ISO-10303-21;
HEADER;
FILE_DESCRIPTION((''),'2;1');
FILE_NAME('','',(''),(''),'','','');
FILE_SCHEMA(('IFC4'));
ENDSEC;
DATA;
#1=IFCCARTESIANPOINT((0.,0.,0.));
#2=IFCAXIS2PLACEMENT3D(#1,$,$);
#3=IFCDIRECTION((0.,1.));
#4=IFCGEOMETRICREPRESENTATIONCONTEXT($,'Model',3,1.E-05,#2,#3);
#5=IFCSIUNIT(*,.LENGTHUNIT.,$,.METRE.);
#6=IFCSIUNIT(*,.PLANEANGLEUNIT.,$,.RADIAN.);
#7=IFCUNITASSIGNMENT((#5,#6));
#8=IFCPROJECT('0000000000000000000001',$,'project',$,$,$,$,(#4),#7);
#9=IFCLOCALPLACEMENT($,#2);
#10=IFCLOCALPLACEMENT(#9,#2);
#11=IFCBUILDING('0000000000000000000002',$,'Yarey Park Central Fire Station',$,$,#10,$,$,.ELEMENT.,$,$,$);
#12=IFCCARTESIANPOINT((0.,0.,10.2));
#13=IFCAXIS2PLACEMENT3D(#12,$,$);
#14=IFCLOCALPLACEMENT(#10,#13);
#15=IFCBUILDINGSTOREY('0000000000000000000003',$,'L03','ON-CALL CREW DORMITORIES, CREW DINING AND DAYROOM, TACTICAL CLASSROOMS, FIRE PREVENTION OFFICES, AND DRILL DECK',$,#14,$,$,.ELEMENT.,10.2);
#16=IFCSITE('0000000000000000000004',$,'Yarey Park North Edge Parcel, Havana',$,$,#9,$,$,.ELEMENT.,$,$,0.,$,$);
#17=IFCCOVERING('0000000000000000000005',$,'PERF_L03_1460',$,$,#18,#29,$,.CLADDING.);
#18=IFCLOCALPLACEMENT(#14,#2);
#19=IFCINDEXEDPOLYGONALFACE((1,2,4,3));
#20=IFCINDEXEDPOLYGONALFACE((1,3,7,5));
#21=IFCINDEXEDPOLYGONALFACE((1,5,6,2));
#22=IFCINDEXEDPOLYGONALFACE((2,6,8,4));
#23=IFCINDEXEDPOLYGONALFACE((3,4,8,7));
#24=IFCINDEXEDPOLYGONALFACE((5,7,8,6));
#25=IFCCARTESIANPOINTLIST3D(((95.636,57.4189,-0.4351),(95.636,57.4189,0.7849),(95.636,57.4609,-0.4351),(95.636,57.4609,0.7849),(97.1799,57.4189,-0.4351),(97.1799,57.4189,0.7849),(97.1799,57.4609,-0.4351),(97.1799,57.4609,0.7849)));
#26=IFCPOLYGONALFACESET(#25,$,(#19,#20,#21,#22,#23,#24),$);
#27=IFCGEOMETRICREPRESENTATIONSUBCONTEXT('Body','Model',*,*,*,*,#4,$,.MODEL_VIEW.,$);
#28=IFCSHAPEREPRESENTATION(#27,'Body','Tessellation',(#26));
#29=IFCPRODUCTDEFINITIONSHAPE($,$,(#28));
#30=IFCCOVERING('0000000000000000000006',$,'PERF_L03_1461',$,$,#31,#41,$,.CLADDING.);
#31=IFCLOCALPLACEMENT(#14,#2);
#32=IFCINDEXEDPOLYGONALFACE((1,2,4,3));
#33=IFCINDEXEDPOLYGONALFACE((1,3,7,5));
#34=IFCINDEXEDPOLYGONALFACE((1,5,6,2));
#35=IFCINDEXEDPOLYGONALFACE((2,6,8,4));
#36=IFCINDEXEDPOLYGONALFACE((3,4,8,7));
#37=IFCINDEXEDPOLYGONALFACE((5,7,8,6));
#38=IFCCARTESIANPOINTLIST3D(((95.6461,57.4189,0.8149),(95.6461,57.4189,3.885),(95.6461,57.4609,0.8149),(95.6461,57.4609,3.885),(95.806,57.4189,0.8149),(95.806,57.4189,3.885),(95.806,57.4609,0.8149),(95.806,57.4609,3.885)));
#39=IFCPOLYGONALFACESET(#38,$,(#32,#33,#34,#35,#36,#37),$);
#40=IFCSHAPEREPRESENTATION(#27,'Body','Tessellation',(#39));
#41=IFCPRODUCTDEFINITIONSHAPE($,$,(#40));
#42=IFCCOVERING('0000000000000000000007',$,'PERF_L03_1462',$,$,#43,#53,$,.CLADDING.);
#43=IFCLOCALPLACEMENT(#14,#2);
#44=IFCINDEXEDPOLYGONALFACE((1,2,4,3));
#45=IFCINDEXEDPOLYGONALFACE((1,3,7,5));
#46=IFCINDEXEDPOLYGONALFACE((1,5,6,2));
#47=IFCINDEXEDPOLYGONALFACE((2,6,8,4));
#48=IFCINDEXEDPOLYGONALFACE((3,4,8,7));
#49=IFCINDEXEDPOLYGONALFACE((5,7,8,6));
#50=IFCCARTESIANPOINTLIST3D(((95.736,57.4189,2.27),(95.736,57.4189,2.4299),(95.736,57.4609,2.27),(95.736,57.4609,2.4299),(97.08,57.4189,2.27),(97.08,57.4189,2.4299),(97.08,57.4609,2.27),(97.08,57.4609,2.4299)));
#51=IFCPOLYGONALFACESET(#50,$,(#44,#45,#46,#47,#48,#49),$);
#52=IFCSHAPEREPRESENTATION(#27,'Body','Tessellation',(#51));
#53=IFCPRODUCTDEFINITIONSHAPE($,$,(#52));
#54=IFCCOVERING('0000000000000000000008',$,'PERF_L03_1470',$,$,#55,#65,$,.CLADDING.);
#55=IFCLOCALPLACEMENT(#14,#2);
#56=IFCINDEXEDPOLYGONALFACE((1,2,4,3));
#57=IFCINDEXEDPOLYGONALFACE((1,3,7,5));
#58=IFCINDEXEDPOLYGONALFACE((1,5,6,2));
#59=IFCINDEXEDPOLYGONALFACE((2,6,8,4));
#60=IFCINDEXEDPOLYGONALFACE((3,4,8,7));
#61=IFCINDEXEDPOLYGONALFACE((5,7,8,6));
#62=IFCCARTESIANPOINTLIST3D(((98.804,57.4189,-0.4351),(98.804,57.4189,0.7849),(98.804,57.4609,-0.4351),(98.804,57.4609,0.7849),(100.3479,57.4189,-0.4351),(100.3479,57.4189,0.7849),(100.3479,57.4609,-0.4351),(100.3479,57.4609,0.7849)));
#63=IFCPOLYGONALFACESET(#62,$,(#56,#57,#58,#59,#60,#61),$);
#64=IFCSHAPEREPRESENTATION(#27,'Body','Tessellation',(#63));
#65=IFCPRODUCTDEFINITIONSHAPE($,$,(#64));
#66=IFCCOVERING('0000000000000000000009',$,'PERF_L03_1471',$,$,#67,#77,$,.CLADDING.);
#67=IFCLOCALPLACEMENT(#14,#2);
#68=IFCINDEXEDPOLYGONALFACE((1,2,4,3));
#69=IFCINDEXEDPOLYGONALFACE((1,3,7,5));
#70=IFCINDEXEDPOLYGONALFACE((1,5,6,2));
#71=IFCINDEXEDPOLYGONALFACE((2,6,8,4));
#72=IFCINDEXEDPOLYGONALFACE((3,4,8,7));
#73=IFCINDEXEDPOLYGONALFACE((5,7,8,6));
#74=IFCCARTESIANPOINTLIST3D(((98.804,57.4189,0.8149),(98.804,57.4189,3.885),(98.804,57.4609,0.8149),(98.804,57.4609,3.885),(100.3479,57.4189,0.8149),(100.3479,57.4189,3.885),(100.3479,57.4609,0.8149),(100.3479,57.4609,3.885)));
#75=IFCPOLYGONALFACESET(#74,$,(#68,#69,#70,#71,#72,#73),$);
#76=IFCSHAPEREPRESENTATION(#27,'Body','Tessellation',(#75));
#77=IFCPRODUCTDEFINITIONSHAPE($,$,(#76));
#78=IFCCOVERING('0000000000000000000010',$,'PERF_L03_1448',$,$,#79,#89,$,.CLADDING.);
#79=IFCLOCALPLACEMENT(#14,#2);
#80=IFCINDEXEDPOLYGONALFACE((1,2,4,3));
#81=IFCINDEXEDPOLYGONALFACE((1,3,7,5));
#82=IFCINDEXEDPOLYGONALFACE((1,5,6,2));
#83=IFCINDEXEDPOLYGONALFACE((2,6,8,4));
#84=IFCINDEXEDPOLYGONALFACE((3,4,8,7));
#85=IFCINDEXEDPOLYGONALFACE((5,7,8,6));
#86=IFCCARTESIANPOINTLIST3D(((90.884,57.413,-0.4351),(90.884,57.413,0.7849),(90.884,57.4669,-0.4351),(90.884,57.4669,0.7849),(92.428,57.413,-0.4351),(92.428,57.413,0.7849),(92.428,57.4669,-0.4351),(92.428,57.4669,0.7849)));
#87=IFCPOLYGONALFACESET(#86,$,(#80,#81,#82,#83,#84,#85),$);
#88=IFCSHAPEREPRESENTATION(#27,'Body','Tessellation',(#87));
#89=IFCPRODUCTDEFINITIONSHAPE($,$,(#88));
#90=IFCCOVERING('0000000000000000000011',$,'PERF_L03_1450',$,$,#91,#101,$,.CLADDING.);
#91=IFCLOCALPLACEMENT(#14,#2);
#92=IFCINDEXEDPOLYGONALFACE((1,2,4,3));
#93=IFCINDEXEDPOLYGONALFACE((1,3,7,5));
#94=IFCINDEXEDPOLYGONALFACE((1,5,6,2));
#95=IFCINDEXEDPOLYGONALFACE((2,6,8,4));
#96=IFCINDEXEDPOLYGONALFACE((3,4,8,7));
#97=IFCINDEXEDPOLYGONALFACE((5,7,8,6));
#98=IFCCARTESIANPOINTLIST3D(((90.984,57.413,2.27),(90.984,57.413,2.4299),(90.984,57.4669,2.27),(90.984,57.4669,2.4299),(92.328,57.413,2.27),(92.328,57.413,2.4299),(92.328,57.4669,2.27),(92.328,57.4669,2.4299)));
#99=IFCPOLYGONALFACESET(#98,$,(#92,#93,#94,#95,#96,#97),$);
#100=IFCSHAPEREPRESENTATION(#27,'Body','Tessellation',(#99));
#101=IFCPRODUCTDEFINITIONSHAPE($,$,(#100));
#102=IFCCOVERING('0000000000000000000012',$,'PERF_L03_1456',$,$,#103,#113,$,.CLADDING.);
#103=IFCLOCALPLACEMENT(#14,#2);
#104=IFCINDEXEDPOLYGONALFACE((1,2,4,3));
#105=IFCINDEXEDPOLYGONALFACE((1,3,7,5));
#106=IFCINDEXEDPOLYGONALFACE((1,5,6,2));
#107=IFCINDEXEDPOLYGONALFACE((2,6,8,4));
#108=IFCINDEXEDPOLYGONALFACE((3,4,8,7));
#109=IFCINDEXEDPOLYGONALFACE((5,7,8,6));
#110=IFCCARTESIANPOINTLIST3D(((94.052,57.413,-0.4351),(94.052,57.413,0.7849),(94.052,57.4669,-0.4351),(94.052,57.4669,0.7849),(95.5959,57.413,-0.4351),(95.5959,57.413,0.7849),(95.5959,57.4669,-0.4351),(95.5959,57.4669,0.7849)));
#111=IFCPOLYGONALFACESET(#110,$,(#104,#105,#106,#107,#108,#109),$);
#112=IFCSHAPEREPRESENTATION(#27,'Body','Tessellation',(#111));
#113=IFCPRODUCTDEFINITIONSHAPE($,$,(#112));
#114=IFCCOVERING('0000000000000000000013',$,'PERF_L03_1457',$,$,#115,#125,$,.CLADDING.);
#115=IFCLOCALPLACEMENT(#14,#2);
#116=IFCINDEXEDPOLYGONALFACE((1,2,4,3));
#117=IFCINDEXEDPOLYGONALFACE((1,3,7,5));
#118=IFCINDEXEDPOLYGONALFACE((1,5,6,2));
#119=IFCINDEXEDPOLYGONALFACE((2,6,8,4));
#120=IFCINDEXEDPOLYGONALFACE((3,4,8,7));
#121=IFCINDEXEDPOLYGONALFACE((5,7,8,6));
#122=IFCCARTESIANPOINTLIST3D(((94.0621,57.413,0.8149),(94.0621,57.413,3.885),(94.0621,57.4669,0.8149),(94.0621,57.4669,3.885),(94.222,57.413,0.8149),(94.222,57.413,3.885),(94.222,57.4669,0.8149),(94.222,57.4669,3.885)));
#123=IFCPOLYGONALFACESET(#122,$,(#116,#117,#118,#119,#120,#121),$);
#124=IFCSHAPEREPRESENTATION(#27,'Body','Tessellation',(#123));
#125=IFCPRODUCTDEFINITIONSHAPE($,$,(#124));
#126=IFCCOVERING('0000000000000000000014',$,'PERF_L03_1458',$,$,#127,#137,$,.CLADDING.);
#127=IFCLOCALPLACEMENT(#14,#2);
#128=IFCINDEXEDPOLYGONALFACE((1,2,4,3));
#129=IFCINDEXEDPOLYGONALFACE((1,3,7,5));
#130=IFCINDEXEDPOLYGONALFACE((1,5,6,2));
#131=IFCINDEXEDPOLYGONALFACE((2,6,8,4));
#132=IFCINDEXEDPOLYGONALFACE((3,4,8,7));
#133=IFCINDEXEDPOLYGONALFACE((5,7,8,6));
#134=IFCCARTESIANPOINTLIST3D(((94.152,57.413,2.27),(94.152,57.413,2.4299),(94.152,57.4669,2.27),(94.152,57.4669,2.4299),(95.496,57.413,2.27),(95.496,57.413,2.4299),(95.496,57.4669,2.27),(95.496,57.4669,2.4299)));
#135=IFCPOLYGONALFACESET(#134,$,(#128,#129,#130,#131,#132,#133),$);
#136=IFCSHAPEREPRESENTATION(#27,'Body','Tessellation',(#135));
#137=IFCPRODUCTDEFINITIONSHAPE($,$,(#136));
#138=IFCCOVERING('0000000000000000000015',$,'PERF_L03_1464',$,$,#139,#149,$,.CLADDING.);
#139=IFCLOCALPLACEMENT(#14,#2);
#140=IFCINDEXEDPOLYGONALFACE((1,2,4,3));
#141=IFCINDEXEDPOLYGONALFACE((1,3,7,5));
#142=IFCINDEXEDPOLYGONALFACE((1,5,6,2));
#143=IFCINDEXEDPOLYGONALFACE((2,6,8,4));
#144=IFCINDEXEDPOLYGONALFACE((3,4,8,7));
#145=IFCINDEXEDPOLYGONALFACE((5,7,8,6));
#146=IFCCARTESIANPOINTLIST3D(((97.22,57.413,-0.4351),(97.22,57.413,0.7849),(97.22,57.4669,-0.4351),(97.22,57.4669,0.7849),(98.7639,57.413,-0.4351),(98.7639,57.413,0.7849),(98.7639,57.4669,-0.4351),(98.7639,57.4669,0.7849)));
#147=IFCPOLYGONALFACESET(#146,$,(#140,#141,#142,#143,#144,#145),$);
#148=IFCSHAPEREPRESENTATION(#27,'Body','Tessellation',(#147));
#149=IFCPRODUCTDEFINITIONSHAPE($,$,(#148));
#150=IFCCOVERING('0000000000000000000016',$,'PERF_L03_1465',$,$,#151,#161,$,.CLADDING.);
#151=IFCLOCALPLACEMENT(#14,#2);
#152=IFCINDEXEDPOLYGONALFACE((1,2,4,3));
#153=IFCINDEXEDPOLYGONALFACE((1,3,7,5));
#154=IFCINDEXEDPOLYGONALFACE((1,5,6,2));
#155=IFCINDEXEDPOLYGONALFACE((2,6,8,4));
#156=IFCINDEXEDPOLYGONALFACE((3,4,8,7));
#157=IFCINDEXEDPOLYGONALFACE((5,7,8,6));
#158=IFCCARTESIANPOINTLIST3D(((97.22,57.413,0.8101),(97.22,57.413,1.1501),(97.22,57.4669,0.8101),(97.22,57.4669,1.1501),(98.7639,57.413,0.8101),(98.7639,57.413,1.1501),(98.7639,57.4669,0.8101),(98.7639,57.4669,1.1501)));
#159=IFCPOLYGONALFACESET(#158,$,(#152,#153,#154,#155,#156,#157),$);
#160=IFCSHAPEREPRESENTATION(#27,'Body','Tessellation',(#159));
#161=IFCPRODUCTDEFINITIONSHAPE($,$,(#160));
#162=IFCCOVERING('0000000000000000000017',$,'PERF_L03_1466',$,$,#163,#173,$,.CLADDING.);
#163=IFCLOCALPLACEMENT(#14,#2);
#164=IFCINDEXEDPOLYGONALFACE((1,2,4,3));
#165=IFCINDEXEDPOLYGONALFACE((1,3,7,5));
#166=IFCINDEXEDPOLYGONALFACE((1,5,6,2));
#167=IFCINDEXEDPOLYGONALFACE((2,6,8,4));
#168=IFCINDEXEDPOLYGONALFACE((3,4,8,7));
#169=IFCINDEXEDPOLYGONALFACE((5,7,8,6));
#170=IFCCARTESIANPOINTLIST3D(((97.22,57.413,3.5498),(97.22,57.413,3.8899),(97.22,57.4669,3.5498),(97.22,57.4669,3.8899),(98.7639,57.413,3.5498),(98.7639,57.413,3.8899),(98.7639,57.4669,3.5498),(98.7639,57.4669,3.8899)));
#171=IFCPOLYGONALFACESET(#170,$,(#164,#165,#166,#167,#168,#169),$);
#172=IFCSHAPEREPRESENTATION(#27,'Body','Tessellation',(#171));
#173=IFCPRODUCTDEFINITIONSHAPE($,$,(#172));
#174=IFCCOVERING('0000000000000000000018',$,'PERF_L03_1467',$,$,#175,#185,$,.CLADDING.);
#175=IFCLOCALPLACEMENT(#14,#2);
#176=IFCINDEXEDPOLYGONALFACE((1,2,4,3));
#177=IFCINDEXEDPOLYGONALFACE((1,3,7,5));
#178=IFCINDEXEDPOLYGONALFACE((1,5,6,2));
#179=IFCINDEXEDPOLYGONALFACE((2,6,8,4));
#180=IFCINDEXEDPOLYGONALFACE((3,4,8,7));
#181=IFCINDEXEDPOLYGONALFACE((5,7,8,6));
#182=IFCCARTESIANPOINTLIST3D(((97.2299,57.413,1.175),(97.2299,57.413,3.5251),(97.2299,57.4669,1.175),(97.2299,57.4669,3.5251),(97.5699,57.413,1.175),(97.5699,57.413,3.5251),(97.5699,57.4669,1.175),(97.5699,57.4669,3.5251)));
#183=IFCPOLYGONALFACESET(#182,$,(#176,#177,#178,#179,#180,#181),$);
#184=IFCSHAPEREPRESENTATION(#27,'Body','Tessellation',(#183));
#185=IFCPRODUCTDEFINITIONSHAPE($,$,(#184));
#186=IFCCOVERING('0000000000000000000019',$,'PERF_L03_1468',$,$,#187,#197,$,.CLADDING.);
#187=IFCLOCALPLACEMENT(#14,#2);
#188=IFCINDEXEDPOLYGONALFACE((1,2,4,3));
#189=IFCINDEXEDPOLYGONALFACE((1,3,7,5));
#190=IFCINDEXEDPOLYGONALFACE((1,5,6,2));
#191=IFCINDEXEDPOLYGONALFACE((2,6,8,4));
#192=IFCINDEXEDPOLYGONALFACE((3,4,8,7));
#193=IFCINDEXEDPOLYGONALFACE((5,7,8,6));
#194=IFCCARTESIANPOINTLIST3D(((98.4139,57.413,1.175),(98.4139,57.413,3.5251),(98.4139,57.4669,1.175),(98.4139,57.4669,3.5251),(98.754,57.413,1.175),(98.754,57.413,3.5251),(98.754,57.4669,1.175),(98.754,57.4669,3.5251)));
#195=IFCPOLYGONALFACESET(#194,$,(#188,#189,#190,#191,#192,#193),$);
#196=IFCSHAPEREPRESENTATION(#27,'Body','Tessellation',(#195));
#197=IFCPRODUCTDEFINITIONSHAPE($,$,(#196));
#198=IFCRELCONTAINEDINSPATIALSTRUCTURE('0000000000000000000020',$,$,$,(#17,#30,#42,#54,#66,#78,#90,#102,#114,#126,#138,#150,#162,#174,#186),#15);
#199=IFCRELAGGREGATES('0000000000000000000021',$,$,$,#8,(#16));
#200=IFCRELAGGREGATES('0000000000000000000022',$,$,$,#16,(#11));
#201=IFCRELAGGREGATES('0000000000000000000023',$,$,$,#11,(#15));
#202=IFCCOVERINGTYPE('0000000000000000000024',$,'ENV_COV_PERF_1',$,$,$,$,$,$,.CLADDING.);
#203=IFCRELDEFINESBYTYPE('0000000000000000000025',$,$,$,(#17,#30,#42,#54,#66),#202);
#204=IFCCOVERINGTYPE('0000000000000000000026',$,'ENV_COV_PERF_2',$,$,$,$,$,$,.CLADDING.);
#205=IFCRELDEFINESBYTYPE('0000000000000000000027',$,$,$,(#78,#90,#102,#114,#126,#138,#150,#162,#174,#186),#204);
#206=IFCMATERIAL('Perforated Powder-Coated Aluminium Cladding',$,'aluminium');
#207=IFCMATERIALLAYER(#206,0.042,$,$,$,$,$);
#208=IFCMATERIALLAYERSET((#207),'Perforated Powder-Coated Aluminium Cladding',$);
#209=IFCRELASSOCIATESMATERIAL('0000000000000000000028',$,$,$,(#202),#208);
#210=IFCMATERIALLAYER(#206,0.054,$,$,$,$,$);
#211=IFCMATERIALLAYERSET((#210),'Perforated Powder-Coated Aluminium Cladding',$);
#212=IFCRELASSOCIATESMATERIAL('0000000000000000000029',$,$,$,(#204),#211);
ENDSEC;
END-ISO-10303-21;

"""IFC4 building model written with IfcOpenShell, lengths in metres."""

from ifc_helpers import new_model, si_unit, direction, frame, origin, origin_2d, place, context, subcontext, project, spatial, rectangle, extrude, material, layer, layer_set, type_object, element, save


model = new_model("IFC4")

# Units and contexts
model_context = context("Model", 3, precision=1e-05, world=origin(), true_north=direction((0.0, 1.0)))
body_context = subcontext(model_context, "Body", "Model", "MODEL_VIEW")
ifc_project = project(units=[si_unit("LENGTHUNIT", "METRE"), si_unit("PLANEANGLEUNIT", "RADIAN")], contexts=[model_context])

# Site, building, storey
site_placement = place(None, origin())
site = spatial("IfcSite", under=ifc_project, at=site_placement, Name="Yarey Park North Edge Parcel, Havana", CompositionType="ELEMENT", RefElevation=0.0)
building_placement = place(site_placement, origin())
building = spatial("IfcBuilding", under=site, at=building_placement, Name="Yarey Park Central Fire Station", CompositionType="ELEMENT")
storey_placement = place(building_placement, frame((0.0, 0.0, 10.2)))
storey = spatial("IfcBuildingStorey", under=building, at=storey_placement, Name="L03", Description="ON-CALL CREW DORMITORIES, CREW DINING AND DAYROOM, TACTICAL CLASSROOMS, FIRE PREVENTION OFFICES, AND DRILL DECK", CompositionType="ELEMENT", Elevation=10.2)

# Coverings
ifc_material_1 = material(Name="Perforated Powder-Coated Aluminium Cladding", Category="aluminium")
ifc_layer_1 = layer(ifc_material_1, 0.042)
ifc_layer_set_1 = layer_set([ifc_layer_1], Name="Perforated Powder-Coated Aluminium Cladding")
covering_type_1 = type_object("IfcCoveringType", Name="ENV_COV_PERF_1", PredefinedType="CLADDING", material=ifc_layer_set_1)
covering_1_placement = place(storey_placement, frame((96.408, 57.4399, -0.4351), z_axis=(0.0, 0.0, 1.0), x_axis=(1.0, 0.0, 0.0)))
element("IfcCovering", 1, at=covering_1_placement, inside=storey, type_object=covering_type_1, Name="PERF_L03_1460", PredefinedType="CLADDING", context=body_context, shape_type="SweptSolid", body=[
    extrude(rectangle(XDim=1.5439, YDim=0.042, at=origin_2d()), origin(), (0.0, 0.0, 1.0), 1.22),
])
covering_2_placement = place(storey_placement, frame((95.7261, 57.4399, 0.8149), z_axis=(0.0, 0.0, 1.0), x_axis=(1.0, 0.0, 0.0)))
element("IfcCovering", 2, at=covering_2_placement, inside=storey, type_object=covering_type_1, Name="PERF_L03_1461", PredefinedType="CLADDING", context=body_context, shape_type="SweptSolid", body=[
    extrude(rectangle(XDim=0.1599, YDim=0.042, at=origin_2d()), origin(), (0.0, 0.0, 1.0), 3.0701),
])
covering_3_placement = place(storey_placement, frame((96.408, 57.4399, 2.27), z_axis=(0.0, 0.0, 1.0), x_axis=(1.0, 0.0, 0.0)))
element("IfcCovering", 3, at=covering_3_placement, inside=storey, type_object=covering_type_1, Name="PERF_L03_1462", PredefinedType="CLADDING", context=body_context, shape_type="SweptSolid", body=[
    extrude(rectangle(XDim=1.344, YDim=0.042, at=origin_2d()), origin(), (0.0, 0.0, 1.0), 0.1599),
])
covering_4_placement = place(storey_placement, frame((99.5759, 57.4399, -0.4351), z_axis=(0.0, 0.0, 1.0), x_axis=(1.0, 0.0, 0.0)))
element("IfcCovering", 4, at=covering_4_placement, inside=storey, type_object=covering_type_1, Name="PERF_L03_1470", PredefinedType="CLADDING", context=body_context, shape_type="SweptSolid", body=[
    extrude(rectangle(XDim=1.5439, YDim=0.042, at=origin_2d()), origin(), (0.0, 0.0, 1.0), 1.22),
])
covering_5_placement = place(storey_placement, frame((99.5759, 57.4399, 0.8149), z_axis=(0.0, 0.0, 1.0), x_axis=(1.0, 0.0, 0.0)))
element("IfcCovering", 5, at=covering_5_placement, inside=storey, type_object=covering_type_1, Name="PERF_L03_1471", PredefinedType="CLADDING", context=body_context, shape_type="SweptSolid", body=[
    extrude(rectangle(XDim=1.5439, YDim=0.042, at=origin_2d()), origin(), (0.0, 0.0, 1.0), 3.0701),
])
ifc_layer_2 = layer(ifc_material_1, 0.054)
ifc_layer_set_2 = layer_set([ifc_layer_2], Name="Perforated Powder-Coated Aluminium Cladding")
covering_type_2 = type_object("IfcCoveringType", Name="ENV_COV_PERF_2", PredefinedType="CLADDING", material=ifc_layer_set_2)
covering_6_placement = place(storey_placement, frame((91.656, 57.4399, -0.4351), z_axis=(0.0, 0.0, 1.0), x_axis=(1.0, 0.0, 0.0)))
element("IfcCovering", 6, at=covering_6_placement, inside=storey, type_object=covering_type_2, Name="PERF_L03_1448", PredefinedType="CLADDING", context=body_context, shape_type="SweptSolid", body=[
    extrude(rectangle(XDim=1.5439, YDim=0.054, at=origin_2d()), origin(), (0.0, 0.0, 1.0), 1.22),
])
covering_7_placement = place(storey_placement, frame((91.656, 57.4399, 2.27), z_axis=(0.0, 0.0, 1.0), x_axis=(1.0, 0.0, 0.0)))
element("IfcCovering", 7, at=covering_7_placement, inside=storey, type_object=covering_type_2, Name="PERF_L03_1450", PredefinedType="CLADDING", context=body_context, shape_type="SweptSolid", body=[
    extrude(rectangle(XDim=1.344, YDim=0.054, at=origin_2d()), origin(), (0.0, 0.0, 1.0), 0.1599),
])
covering_8_placement = place(storey_placement, frame((94.824, 57.4399, -0.4351), z_axis=(0.0, 0.0, 1.0), x_axis=(1.0, 0.0, 0.0)))
element("IfcCovering", 8, at=covering_8_placement, inside=storey, type_object=covering_type_2, Name="PERF_L03_1456", PredefinedType="CLADDING", context=body_context, shape_type="SweptSolid", body=[
    extrude(rectangle(XDim=1.5439, YDim=0.054, at=origin_2d()), origin(), (0.0, 0.0, 1.0), 1.22),
])
covering_9_placement = place(storey_placement, frame((94.1421, 57.4399, 0.8149), z_axis=(0.0, 0.0, 1.0), x_axis=(1.0, 0.0, 0.0)))
element("IfcCovering", 9, at=covering_9_placement, inside=storey, type_object=covering_type_2, Name="PERF_L03_1457", PredefinedType="CLADDING", context=body_context, shape_type="SweptSolid", body=[
    extrude(rectangle(XDim=0.1599, YDim=0.054, at=origin_2d()), origin(), (0.0, 0.0, 1.0), 3.0701),
])
covering_10_placement = place(storey_placement, frame((94.824, 57.4399, 2.27), z_axis=(0.0, 0.0, 1.0), x_axis=(1.0, 0.0, 0.0)))
element("IfcCovering", 10, at=covering_10_placement, inside=storey, type_object=covering_type_2, Name="PERF_L03_1458", PredefinedType="CLADDING", context=body_context, shape_type="SweptSolid", body=[
    extrude(rectangle(XDim=1.344, YDim=0.054, at=origin_2d()), origin(), (0.0, 0.0, 1.0), 0.1599),
])
covering_11_placement = place(storey_placement, frame((97.9919, 57.4399, -0.4351), z_axis=(0.0, 0.0, 1.0), x_axis=(1.0, 0.0, 0.0)))
element("IfcCovering", 11, at=covering_11_placement, inside=storey, type_object=covering_type_2, Name="PERF_L03_1464", PredefinedType="CLADDING", context=body_context, shape_type="SweptSolid", body=[
    extrude(rectangle(XDim=1.5439, YDim=0.054, at=origin_2d()), origin(), (0.0, 0.0, 1.0), 1.22),
])
for number, where, z_axis, x_axis, name in (
    (12, (97.9919, 57.4399, 0.8101), (0.0, 0.0, 1.0), (1.0, 0.0, 0.0), "PERF_L03_1465"),
    (13, (97.9919, 57.4399, 3.5498), (0.0, 0.0, 1.0), (1.0, 0.0, 0.0), "PERF_L03_1466"),
):
    element("IfcCovering", number, at=place(storey_placement, frame(where, z_axis=z_axis, x_axis=x_axis)), inside=storey, type_object=covering_type_2, Name=name, PredefinedType="CLADDING", context=body_context, shape_type="SweptSolid", body=[
        extrude(rectangle(XDim=1.5439, YDim=0.054, at=origin_2d()), origin(), (0.0, 0.0, 1.0), 0.3401),
    ])
for number, where, z_axis, x_axis, name in (
    (14, (97.3999, 57.4399, 1.175), (0.0, 0.0, 1.0), (1.0, 0.0, 0.0), "PERF_L03_1467"),
    (15, (98.584, 57.4399, 1.175), (0.0, 0.0, 1.0), (1.0, 0.0, 0.0), "PERF_L03_1468"),
):
    element("IfcCovering", number, at=place(storey_placement, frame(where, z_axis=z_axis, x_axis=x_axis)), inside=storey, type_object=covering_type_2, Name=name, PredefinedType="CLADDING", context=body_context, shape_type="SweptSolid", body=[
        extrude(rectangle(XDim=0.3401, YDim=0.054, at=origin_2d()), origin(), (0.0, 0.0, 1.0), 2.3501),
    ])

save(model, "model.ifc")
